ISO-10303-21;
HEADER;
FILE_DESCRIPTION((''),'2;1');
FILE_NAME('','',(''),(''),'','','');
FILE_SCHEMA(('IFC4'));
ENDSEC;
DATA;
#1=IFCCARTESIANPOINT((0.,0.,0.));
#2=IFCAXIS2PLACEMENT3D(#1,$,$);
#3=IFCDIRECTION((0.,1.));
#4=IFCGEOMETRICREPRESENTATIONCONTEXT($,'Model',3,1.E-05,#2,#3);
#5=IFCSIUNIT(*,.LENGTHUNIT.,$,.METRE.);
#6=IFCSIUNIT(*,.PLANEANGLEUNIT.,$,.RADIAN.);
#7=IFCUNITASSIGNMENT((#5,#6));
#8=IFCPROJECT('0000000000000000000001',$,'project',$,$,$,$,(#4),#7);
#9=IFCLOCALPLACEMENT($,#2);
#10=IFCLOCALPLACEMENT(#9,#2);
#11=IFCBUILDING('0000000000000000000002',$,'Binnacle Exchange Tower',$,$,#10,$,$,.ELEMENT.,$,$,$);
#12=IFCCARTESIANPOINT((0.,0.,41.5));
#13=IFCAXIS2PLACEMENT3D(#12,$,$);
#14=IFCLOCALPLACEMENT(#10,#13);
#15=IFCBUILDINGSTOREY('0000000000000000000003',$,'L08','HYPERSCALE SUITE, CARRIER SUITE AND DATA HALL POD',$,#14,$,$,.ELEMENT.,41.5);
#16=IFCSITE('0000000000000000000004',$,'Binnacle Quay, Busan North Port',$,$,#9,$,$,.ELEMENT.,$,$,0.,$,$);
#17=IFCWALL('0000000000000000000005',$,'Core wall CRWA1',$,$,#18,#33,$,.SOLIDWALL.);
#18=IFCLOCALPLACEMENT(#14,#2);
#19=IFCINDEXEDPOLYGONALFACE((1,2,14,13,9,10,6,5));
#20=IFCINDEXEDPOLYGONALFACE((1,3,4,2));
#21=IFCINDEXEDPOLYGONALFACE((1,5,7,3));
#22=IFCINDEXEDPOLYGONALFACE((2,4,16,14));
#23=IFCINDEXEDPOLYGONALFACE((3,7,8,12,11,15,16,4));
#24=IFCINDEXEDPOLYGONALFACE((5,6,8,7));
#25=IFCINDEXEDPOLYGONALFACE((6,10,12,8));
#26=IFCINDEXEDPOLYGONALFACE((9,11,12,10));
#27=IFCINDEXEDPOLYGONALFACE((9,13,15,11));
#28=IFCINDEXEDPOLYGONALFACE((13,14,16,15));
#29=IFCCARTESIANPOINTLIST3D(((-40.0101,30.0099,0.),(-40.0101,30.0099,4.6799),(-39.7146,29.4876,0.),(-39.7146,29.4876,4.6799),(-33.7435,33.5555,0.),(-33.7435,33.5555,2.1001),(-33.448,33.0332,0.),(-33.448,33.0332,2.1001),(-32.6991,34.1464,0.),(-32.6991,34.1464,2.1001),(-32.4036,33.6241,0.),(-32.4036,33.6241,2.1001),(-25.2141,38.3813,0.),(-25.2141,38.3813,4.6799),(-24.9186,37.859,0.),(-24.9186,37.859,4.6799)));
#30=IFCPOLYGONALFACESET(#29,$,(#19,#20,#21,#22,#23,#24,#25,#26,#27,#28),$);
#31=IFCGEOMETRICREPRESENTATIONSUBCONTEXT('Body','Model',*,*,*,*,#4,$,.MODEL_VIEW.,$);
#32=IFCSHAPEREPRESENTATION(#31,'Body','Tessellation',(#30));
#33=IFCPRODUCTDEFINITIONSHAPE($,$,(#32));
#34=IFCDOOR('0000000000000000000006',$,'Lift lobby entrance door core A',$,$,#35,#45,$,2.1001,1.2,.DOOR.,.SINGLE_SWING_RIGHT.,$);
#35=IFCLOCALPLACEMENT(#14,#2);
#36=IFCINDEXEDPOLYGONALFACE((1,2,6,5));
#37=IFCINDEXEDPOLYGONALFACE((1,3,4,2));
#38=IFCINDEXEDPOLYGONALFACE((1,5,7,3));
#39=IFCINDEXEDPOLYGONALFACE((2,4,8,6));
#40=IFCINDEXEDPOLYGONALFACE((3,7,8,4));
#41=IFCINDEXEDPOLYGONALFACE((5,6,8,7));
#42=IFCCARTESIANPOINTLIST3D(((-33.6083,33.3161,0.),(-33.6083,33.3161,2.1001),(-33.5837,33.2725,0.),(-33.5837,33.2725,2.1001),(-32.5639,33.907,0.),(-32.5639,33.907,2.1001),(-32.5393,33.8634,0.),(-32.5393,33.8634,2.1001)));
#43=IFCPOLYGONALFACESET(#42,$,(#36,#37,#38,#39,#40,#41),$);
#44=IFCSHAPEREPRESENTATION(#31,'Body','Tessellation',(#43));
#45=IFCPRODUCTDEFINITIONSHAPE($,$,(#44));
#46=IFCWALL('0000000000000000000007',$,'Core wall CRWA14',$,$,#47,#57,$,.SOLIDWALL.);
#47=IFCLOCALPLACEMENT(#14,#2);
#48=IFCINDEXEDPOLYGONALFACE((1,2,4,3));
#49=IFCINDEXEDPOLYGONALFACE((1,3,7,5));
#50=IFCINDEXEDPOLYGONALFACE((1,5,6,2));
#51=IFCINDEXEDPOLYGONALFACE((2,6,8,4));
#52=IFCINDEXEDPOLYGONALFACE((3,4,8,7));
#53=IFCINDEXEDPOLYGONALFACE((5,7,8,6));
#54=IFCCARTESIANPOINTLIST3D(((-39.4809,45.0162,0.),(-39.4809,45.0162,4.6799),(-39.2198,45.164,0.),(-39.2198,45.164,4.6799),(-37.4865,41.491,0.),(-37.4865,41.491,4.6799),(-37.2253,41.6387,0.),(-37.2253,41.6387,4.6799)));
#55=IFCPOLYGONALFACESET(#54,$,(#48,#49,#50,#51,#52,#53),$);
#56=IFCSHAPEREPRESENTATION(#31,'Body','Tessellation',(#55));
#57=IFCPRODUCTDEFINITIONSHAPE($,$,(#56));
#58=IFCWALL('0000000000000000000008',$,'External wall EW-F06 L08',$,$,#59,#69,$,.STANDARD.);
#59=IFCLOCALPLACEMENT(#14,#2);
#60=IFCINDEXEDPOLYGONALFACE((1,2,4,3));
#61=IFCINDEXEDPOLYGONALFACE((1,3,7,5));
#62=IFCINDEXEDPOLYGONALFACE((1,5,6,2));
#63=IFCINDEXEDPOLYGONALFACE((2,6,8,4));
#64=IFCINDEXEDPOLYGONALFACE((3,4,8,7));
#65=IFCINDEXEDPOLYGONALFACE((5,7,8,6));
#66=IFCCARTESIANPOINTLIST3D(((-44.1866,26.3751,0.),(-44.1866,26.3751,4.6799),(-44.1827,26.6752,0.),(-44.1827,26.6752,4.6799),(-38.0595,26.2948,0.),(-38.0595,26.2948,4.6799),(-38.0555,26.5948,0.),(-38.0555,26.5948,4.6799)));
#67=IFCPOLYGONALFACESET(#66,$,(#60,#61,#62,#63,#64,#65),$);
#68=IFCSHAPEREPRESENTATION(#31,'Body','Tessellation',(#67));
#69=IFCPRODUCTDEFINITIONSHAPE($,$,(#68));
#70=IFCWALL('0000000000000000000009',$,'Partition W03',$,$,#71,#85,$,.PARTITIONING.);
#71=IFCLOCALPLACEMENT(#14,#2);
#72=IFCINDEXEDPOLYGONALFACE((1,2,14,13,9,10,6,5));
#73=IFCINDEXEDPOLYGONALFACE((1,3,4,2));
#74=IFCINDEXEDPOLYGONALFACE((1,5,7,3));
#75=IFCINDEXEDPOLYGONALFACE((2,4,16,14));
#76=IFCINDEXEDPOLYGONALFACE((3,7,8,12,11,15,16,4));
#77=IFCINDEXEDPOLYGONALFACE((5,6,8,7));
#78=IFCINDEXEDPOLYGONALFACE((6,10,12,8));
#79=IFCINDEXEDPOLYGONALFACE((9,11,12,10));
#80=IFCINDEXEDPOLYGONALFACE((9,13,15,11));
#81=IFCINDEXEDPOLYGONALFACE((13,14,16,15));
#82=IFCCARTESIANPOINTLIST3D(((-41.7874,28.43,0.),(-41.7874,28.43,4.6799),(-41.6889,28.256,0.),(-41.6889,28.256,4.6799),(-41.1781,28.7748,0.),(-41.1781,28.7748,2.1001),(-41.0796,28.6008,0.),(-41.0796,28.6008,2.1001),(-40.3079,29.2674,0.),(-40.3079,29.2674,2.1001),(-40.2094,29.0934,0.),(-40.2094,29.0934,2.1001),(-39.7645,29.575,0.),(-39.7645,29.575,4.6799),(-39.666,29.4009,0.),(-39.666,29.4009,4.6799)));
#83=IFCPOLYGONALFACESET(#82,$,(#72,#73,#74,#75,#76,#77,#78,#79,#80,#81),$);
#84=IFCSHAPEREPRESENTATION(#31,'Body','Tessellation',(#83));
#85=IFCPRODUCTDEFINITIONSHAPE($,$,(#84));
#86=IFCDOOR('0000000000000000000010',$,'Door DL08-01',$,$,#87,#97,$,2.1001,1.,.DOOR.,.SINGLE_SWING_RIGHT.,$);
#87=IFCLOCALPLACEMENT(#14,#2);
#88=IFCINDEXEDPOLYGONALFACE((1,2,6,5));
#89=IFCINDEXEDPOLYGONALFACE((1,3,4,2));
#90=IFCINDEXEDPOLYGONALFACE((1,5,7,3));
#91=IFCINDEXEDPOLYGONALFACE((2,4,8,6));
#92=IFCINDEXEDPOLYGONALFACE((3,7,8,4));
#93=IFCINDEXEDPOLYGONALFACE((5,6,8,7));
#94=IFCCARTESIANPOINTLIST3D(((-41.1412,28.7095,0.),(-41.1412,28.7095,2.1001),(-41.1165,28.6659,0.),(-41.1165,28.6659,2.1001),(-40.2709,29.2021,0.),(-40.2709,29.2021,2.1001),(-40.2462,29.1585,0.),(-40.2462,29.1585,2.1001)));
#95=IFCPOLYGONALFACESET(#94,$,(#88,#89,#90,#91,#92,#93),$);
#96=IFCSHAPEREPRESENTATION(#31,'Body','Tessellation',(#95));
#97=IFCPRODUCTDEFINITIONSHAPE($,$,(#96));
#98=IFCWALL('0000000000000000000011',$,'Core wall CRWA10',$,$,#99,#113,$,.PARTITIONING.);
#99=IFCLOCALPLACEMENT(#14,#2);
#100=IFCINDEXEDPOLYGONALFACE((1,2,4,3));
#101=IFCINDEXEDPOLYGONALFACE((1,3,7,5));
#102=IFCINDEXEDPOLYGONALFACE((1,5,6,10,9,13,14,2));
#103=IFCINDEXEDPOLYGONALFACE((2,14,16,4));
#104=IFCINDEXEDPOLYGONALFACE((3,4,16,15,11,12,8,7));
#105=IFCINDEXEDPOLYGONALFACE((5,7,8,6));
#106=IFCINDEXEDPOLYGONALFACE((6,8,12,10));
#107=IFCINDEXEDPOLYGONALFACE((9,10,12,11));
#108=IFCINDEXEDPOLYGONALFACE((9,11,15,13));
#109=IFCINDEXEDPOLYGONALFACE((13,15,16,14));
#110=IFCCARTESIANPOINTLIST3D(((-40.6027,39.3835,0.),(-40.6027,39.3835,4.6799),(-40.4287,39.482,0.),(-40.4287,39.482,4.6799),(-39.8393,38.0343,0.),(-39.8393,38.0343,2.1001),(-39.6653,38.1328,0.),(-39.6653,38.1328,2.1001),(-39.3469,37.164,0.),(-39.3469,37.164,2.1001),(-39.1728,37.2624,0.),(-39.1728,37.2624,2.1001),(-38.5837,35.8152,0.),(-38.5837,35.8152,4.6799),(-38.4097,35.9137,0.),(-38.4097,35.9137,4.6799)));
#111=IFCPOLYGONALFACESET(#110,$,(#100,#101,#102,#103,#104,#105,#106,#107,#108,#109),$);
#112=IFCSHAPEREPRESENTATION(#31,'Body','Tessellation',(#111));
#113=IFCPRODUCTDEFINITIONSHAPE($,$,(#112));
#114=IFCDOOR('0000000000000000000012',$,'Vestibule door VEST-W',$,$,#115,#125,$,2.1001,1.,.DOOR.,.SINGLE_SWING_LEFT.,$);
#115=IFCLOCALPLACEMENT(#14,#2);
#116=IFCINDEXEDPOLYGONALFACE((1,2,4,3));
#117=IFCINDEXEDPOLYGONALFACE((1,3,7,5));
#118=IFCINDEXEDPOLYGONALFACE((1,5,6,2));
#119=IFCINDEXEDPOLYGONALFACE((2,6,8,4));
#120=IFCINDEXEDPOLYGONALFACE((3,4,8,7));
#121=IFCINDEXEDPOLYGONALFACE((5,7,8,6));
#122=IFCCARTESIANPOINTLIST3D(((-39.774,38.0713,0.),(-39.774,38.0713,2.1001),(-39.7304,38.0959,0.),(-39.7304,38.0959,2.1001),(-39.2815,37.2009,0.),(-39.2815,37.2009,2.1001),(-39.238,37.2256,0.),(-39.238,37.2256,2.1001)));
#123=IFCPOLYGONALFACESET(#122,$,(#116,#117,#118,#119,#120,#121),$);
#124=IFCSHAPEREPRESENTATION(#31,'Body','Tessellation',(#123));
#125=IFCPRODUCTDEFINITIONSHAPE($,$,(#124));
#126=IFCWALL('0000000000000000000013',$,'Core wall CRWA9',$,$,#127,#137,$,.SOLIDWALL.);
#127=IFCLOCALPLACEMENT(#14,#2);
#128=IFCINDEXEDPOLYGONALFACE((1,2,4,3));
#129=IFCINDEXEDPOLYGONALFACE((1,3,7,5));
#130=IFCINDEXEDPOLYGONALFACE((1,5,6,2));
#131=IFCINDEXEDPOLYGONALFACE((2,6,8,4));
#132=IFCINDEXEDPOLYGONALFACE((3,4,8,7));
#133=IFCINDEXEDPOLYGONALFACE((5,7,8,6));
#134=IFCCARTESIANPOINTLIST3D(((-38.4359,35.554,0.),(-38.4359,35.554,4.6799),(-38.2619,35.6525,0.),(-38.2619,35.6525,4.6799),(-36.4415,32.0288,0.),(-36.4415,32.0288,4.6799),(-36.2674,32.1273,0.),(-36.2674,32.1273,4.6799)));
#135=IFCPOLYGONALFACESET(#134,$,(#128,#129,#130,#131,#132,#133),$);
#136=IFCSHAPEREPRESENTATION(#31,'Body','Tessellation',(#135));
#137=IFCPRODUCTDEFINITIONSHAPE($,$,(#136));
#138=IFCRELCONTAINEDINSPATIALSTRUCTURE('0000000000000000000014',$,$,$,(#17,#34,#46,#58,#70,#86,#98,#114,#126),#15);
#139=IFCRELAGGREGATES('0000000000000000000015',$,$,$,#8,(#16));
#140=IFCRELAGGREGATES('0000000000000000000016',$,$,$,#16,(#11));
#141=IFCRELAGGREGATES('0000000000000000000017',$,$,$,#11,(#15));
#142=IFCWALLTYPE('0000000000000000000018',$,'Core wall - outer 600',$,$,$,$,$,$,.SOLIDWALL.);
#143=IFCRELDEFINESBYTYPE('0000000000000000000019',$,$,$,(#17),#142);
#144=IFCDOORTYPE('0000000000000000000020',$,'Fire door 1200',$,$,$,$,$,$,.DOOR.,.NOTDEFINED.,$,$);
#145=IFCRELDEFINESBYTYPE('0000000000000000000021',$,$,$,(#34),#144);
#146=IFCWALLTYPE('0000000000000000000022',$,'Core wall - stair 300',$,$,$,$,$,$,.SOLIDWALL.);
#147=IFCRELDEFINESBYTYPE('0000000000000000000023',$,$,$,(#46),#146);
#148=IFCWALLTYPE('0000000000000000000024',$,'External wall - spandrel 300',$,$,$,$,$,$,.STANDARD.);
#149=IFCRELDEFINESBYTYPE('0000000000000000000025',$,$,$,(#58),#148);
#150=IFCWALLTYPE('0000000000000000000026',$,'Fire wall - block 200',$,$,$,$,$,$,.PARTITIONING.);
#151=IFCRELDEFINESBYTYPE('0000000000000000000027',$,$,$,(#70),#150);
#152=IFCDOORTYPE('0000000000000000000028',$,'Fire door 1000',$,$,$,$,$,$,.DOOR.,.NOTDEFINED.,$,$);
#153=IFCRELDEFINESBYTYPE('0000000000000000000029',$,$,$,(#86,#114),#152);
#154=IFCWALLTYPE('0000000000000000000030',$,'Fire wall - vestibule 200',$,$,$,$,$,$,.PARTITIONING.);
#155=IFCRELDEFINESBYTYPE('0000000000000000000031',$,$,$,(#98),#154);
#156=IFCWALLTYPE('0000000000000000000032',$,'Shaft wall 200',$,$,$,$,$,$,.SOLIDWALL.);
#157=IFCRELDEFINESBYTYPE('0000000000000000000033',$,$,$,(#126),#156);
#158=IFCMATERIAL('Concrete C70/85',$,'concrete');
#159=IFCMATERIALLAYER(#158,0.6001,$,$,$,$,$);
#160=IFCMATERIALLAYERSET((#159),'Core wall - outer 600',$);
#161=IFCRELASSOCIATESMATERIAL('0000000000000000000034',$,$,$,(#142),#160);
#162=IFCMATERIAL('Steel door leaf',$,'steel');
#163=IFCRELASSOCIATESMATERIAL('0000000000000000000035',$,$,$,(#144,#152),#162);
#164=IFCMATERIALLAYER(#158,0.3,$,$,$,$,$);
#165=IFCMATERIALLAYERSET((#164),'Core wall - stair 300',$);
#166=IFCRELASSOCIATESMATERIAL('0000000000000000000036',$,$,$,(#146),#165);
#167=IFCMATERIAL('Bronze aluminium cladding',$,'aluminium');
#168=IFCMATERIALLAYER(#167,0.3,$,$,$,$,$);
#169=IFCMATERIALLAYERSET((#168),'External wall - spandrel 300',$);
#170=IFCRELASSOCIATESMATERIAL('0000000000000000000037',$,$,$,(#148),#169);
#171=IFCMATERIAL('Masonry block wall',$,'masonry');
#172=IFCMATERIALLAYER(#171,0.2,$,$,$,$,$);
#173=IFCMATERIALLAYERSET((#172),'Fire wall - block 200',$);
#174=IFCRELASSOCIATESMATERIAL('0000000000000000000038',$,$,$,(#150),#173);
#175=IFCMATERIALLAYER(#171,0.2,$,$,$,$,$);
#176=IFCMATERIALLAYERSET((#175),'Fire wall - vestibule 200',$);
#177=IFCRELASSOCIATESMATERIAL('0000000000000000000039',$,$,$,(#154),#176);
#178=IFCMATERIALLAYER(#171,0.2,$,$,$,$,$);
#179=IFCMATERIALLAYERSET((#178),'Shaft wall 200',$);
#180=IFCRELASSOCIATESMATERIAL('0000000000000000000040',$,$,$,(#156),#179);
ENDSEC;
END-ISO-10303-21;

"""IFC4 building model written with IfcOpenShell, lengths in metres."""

from ifc_helpers import new_model, si_unit, direction, frame, frame_2d, origin, place, context, subcontext, project, spatial, rectangle, extrude, material, layer, layer_set, type_object, element, fill, save


model = new_model("IFC4")

# Units and contexts
model_context = context("Model", 3, precision=1e-05, world=origin(), true_north=direction((0.0, 1.0)))
body_context = subcontext(model_context, "Body", "Model", "MODEL_VIEW")
ifc_project = project(units=[si_unit("LENGTHUNIT", "METRE"), si_unit("PLANEANGLEUNIT", "RADIAN")], contexts=[model_context])

# Site, building, storey
site_placement = place(None, origin())
site = spatial("IfcSite", under=ifc_project, at=site_placement, Name="Binnacle Quay, Busan North Port", CompositionType="ELEMENT", RefElevation=0.0)
building_placement = place(site_placement, origin())
building = spatial("IfcBuilding", under=site, at=building_placement, Name="Binnacle Exchange Tower", CompositionType="ELEMENT")
storey_placement = place(building_placement, frame((0.0, 0.0, 41.5)))
storey = spatial("IfcBuildingStorey", under=building, at=storey_placement, Name="L08", Description="HYPERSCALE SUITE, CARRIER SUITE AND DATA HALL POD", CompositionType="ELEMENT", Elevation=41.5)

# Shared definitions
ifc_material_1 = material(Name="Concrete C70/85", Category="concrete")

# Shared definitions
ifc_material_2 = material(Name="Steel door leaf", Category="steel")

# Wall, opening, door
ifc_layer_1 = layer(ifc_material_1, 0.6001)
ifc_layer_set_1 = layer_set([ifc_layer_1], Name="Core wall - outer 600")
wall_type_1 = type_object("IfcWallType", Name="Core wall - outer 600", PredefinedType="SOLIDWALL", material=ifc_layer_set_1)
wall_1_placement = place(storey_placement, frame((-39.8623, 29.7488, 0.0), z_axis=(0.0, 0.0, 1.0), x_axis=(0.87035, 0.492433, 0.0)))
wall_1 = element("IfcWall", 1, at=wall_1_placement, inside=storey, type_object=wall_type_1, Name="Core wall CRWA1", PredefinedType="SOLIDWALL", context=body_context, shape_type="SweptSolid", body=[
    extrude(rectangle(XDim=17.0, YDim=0.6001, at=frame_2d((8.5, 0.0))), origin(), (0.0, 0.0, 1.0), 4.6799),
])
opening_1_placement = place(wall_1_placement, frame((7.2, 0.0, 0.0)))
opening_1 = element("IfcOpeningElement", 2, at=opening_1_placement, cuts=wall_1, PredefinedType="OPENING", context=body_context, shape_type="SweptSolid", body=[
    extrude(rectangle(XDim=1.2, YDim=2.1001, at=frame_2d((0.6001, 1.05))), frame((0.0, 0.3101, 0.0), z_axis=(0.0, -1.0, 0.0), x_axis=(1.0, 0.0, 0.0)), (0.0, 0.0, 1.0), 0.6201),
])
door_type_1 = type_object("IfcDoorType", Name="Fire door 1200", OperationType="NOTDEFINED", PredefinedType="DOOR", material=ifc_material_2)
door_1_placement = place(opening_1_placement, frame((1.2, 0.0, 0.0), z_axis=(0.0, 0.0, 1.0), x_axis=(-1.0, 0.0, 0.0)))
door_1 = element("IfcDoor", 3, at=door_1_placement, inside=storey, type_object=door_type_1, Name="Lift lobby entrance door core A", OperationType="SINGLE_SWING_RIGHT", OverallHeight=2.1001, OverallWidth=1.2, PredefinedType="DOOR", context=body_context, shape_type="SweptSolid", body=[
    extrude(rectangle(XDim=1.2, YDim=2.1001, at=frame_2d((0.6001, 1.05))), frame((0.0, 0.0249, 0.0), z_axis=(0.0, -1.0, 0.0), x_axis=(1.0, 0.0, 0.0)), (0.0, 0.0, 1.0), 0.05),
])
fill(opening_1, door_1)

# Walls
ifc_layer_2 = layer(ifc_material_1, 0.3)
ifc_layer_set_2 = layer_set([ifc_layer_2], Name="Core wall - stair 300")
wall_type_2 = type_object("IfcWallType", Name="Core wall - stair 300", PredefinedType="SOLIDWALL", material=ifc_layer_set_2)
wall_2_placement = place(storey_placement, frame((-39.3503, 45.0901, 0.0), z_axis=(0.0, 0.0, 1.0), x_axis=(0.492415, -0.870361, 0.0)))
element("IfcWall", 4, at=wall_2_placement, inside=storey, type_object=wall_type_2, Name="Core wall CRWA14", PredefinedType="SOLIDWALL", context=body_context, shape_type="SweptSolid", body=[
    extrude(rectangle(XDim=4.0503, YDim=0.3, at=frame_2d((2.0251, 0.0))), origin(), (0.0, 0.0, 1.0), 4.6799),
])
ifc_material_3 = material(Name="Bronze aluminium cladding", Category="aluminium")
ifc_layer_3 = layer(ifc_material_3, 0.3)
ifc_layer_set_3 = layer_set([ifc_layer_3], Name="External wall - spandrel 300")
wall_type_3 = type_object("IfcWallType", Name="External wall - spandrel 300", PredefinedType="STANDARD", material=ifc_layer_set_3)
wall_3_placement = place(storey_placement, frame((-38.0574, 26.4448, 0.0), z_axis=(0.0, 0.0, 1.0), x_axis=(-0.999914, 0.013108, 0.0)))
element("IfcWall", 5, at=wall_3_placement, inside=storey, type_object=wall_type_3, Name="External wall EW-F06 L08", PredefinedType="STANDARD", context=body_context, shape_type="SweptSolid", body=[
    extrude(rectangle(XDim=6.1277, YDim=0.3, at=frame_2d((3.064, 0.0))), origin(), (0.0, 0.0, 1.0), 4.6799),
])

# Walls, openings, doors
ifc_material_4 = material(Name="Masonry block wall", Category="masonry")
ifc_layer_4 = layer(ifc_material_4, 0.2)
ifc_layer_set_4 = layer_set([ifc_layer_4], Name="Fire wall - block 200")
wall_type_4 = type_object("IfcWallType", Name="Fire wall - block 200", PredefinedType="PARTITIONING", material=ifc_layer_set_4)
wall_4_placement = place(storey_placement, frame((-41.738, 28.343, 0.0), z_axis=(0.0, 0.0, 1.0), x_axis=(0.870265, 0.492583, 0.0)))
wall_4 = element("IfcWall", 6, at=wall_4_placement, inside=storey, type_object=wall_type_4, Name="Partition W03", PredefinedType="PARTITIONING", context=body_context, shape_type="SweptSolid", body=[
    extrude(rectangle(XDim=2.3245, YDim=0.2, at=frame_2d((1.1621, 0.0))), origin(), (0.0, 0.0, 1.0), 4.6799),
])
opening_2_placement = place(wall_4_placement, frame((0.7, 0.0, 0.0)))
opening_2 = element("IfcOpeningElement", 7, at=opening_2_placement, cuts=wall_4, PredefinedType="OPENING", context=body_context, shape_type="SweptSolid", body=[
    extrude(rectangle(XDim=1.0, YDim=2.1001, at=frame_2d((0.5, 1.05))), frame((0.0, 0.1099, 0.0), z_axis=(0.0, -1.0, 0.0), x_axis=(1.0, 0.0, 0.0)), (0.0, 0.0, 1.0), 0.22),
])
door_type_2 = type_object("IfcDoorType", Name="Fire door 1000", OperationType="NOTDEFINED", PredefinedType="DOOR", material=ifc_material_2)
door_2_placement = place(opening_2_placement, origin())
door_2 = element("IfcDoor", 8, at=door_2_placement, inside=storey, type_object=door_type_2, Name="Door DL08-01", OperationType="SINGLE_SWING_RIGHT", OverallHeight=2.1001, OverallWidth=1.0, PredefinedType="DOOR", context=body_context, shape_type="SweptSolid", body=[
    extrude(rectangle(XDim=1.0, YDim=2.1001, at=frame_2d((0.5, 1.05))), frame((0.0, 0.0249, 0.0), z_axis=(0.0, -1.0, 0.0), x_axis=(1.0, 0.0, 0.0)), (0.0, 0.0, 1.0), 0.05),
])
fill(opening_2, door_2)
ifc_layer_5 = layer(ifc_material_4, 0.2)
ifc_layer_set_5 = layer_set([ifc_layer_5], Name="Fire wall - vestibule 200")
wall_type_5 = type_object("IfcWallType", Name="Fire wall - vestibule 200", PredefinedType="PARTITIONING", material=ifc_layer_set_5)
wall_5_placement = place(storey_placement, frame((-40.5156, 39.4326, 0.0), z_axis=(0.0, 0.0, 1.0), x_axis=(0.492454, -0.870339, 0.0)))
wall_5 = element("IfcWall", 9, at=wall_5_placement, inside=storey, type_object=wall_type_5, Name="Core wall CRWA10", PredefinedType="PARTITIONING", context=body_context, shape_type="SweptSolid", body=[
    extrude(rectangle(XDim=4.0999, YDim=0.2, at=frame_2d((2.0498, 0.0))), origin(), (0.0, 0.0, 1.0), 4.6799),
])
opening_3_placement = place(wall_5_placement, frame((1.55, 0.0, 0.0)))
opening_3 = element("IfcOpeningElement", 10, at=opening_3_placement, cuts=wall_5, PredefinedType="OPENING", context=body_context, shape_type="SweptSolid", body=[
    extrude(rectangle(XDim=1.0, YDim=2.1001, at=frame_2d((0.5, 1.05))), frame((0.0, 0.1099, 0.0), z_axis=(0.0, -1.0, 0.0), x_axis=(1.0, 0.0, 0.0)), (0.0, 0.0, 1.0), 0.22),
])
door_3_placement = place(opening_3_placement, frame((1.0, 0.0, 0.0), z_axis=(0.0, 0.0, 1.0), x_axis=(-1.0, 0.0, 0.0)))
door_3 = element("IfcDoor", 11, at=door_3_placement, inside=storey, type_object=door_type_2, Name="Vestibule door VEST-W", OperationType="SINGLE_SWING_LEFT", OverallHeight=2.1001, OverallWidth=1.0, PredefinedType="DOOR", context=body_context, shape_type="SweptSolid", body=[
    extrude(rectangle(XDim=1.0, YDim=2.1001, at=frame_2d((0.5, 1.05))), frame((0.0, 0.0249, 0.0), z_axis=(0.0, -1.0, 0.0), x_axis=(1.0, 0.0, 0.0)), (0.0, 0.0, 1.0), 0.05),
])
fill(opening_3, door_3)

# Wall
ifc_layer_6 = layer(ifc_material_4, 0.2)
ifc_layer_set_6 = layer_set([ifc_layer_6], Name="Shaft wall 200")
wall_type_6 = type_object("IfcWallType", Name="Shaft wall 200", PredefinedType="SOLIDWALL", material=ifc_layer_set_6)
wall_6_placement = place(storey_placement, frame((-38.3489, 35.6033, 0.0), z_axis=(0.0, 0.0, 1.0), x_axis=(0.492415, -0.870361, 0.0)))
element("IfcWall", 12, at=wall_6_placement, inside=storey, type_object=wall_type_6, Name="Core wall CRWA9", PredefinedType="SOLIDWALL", context=body_context, shape_type="SweptSolid", body=[
    extrude(rectangle(XDim=4.0503, YDim=0.2, at=frame_2d((2.0251, 0.0))), origin(), (0.0, 0.0, 1.0), 4.6799),
])

save(model, "model.ifc")
